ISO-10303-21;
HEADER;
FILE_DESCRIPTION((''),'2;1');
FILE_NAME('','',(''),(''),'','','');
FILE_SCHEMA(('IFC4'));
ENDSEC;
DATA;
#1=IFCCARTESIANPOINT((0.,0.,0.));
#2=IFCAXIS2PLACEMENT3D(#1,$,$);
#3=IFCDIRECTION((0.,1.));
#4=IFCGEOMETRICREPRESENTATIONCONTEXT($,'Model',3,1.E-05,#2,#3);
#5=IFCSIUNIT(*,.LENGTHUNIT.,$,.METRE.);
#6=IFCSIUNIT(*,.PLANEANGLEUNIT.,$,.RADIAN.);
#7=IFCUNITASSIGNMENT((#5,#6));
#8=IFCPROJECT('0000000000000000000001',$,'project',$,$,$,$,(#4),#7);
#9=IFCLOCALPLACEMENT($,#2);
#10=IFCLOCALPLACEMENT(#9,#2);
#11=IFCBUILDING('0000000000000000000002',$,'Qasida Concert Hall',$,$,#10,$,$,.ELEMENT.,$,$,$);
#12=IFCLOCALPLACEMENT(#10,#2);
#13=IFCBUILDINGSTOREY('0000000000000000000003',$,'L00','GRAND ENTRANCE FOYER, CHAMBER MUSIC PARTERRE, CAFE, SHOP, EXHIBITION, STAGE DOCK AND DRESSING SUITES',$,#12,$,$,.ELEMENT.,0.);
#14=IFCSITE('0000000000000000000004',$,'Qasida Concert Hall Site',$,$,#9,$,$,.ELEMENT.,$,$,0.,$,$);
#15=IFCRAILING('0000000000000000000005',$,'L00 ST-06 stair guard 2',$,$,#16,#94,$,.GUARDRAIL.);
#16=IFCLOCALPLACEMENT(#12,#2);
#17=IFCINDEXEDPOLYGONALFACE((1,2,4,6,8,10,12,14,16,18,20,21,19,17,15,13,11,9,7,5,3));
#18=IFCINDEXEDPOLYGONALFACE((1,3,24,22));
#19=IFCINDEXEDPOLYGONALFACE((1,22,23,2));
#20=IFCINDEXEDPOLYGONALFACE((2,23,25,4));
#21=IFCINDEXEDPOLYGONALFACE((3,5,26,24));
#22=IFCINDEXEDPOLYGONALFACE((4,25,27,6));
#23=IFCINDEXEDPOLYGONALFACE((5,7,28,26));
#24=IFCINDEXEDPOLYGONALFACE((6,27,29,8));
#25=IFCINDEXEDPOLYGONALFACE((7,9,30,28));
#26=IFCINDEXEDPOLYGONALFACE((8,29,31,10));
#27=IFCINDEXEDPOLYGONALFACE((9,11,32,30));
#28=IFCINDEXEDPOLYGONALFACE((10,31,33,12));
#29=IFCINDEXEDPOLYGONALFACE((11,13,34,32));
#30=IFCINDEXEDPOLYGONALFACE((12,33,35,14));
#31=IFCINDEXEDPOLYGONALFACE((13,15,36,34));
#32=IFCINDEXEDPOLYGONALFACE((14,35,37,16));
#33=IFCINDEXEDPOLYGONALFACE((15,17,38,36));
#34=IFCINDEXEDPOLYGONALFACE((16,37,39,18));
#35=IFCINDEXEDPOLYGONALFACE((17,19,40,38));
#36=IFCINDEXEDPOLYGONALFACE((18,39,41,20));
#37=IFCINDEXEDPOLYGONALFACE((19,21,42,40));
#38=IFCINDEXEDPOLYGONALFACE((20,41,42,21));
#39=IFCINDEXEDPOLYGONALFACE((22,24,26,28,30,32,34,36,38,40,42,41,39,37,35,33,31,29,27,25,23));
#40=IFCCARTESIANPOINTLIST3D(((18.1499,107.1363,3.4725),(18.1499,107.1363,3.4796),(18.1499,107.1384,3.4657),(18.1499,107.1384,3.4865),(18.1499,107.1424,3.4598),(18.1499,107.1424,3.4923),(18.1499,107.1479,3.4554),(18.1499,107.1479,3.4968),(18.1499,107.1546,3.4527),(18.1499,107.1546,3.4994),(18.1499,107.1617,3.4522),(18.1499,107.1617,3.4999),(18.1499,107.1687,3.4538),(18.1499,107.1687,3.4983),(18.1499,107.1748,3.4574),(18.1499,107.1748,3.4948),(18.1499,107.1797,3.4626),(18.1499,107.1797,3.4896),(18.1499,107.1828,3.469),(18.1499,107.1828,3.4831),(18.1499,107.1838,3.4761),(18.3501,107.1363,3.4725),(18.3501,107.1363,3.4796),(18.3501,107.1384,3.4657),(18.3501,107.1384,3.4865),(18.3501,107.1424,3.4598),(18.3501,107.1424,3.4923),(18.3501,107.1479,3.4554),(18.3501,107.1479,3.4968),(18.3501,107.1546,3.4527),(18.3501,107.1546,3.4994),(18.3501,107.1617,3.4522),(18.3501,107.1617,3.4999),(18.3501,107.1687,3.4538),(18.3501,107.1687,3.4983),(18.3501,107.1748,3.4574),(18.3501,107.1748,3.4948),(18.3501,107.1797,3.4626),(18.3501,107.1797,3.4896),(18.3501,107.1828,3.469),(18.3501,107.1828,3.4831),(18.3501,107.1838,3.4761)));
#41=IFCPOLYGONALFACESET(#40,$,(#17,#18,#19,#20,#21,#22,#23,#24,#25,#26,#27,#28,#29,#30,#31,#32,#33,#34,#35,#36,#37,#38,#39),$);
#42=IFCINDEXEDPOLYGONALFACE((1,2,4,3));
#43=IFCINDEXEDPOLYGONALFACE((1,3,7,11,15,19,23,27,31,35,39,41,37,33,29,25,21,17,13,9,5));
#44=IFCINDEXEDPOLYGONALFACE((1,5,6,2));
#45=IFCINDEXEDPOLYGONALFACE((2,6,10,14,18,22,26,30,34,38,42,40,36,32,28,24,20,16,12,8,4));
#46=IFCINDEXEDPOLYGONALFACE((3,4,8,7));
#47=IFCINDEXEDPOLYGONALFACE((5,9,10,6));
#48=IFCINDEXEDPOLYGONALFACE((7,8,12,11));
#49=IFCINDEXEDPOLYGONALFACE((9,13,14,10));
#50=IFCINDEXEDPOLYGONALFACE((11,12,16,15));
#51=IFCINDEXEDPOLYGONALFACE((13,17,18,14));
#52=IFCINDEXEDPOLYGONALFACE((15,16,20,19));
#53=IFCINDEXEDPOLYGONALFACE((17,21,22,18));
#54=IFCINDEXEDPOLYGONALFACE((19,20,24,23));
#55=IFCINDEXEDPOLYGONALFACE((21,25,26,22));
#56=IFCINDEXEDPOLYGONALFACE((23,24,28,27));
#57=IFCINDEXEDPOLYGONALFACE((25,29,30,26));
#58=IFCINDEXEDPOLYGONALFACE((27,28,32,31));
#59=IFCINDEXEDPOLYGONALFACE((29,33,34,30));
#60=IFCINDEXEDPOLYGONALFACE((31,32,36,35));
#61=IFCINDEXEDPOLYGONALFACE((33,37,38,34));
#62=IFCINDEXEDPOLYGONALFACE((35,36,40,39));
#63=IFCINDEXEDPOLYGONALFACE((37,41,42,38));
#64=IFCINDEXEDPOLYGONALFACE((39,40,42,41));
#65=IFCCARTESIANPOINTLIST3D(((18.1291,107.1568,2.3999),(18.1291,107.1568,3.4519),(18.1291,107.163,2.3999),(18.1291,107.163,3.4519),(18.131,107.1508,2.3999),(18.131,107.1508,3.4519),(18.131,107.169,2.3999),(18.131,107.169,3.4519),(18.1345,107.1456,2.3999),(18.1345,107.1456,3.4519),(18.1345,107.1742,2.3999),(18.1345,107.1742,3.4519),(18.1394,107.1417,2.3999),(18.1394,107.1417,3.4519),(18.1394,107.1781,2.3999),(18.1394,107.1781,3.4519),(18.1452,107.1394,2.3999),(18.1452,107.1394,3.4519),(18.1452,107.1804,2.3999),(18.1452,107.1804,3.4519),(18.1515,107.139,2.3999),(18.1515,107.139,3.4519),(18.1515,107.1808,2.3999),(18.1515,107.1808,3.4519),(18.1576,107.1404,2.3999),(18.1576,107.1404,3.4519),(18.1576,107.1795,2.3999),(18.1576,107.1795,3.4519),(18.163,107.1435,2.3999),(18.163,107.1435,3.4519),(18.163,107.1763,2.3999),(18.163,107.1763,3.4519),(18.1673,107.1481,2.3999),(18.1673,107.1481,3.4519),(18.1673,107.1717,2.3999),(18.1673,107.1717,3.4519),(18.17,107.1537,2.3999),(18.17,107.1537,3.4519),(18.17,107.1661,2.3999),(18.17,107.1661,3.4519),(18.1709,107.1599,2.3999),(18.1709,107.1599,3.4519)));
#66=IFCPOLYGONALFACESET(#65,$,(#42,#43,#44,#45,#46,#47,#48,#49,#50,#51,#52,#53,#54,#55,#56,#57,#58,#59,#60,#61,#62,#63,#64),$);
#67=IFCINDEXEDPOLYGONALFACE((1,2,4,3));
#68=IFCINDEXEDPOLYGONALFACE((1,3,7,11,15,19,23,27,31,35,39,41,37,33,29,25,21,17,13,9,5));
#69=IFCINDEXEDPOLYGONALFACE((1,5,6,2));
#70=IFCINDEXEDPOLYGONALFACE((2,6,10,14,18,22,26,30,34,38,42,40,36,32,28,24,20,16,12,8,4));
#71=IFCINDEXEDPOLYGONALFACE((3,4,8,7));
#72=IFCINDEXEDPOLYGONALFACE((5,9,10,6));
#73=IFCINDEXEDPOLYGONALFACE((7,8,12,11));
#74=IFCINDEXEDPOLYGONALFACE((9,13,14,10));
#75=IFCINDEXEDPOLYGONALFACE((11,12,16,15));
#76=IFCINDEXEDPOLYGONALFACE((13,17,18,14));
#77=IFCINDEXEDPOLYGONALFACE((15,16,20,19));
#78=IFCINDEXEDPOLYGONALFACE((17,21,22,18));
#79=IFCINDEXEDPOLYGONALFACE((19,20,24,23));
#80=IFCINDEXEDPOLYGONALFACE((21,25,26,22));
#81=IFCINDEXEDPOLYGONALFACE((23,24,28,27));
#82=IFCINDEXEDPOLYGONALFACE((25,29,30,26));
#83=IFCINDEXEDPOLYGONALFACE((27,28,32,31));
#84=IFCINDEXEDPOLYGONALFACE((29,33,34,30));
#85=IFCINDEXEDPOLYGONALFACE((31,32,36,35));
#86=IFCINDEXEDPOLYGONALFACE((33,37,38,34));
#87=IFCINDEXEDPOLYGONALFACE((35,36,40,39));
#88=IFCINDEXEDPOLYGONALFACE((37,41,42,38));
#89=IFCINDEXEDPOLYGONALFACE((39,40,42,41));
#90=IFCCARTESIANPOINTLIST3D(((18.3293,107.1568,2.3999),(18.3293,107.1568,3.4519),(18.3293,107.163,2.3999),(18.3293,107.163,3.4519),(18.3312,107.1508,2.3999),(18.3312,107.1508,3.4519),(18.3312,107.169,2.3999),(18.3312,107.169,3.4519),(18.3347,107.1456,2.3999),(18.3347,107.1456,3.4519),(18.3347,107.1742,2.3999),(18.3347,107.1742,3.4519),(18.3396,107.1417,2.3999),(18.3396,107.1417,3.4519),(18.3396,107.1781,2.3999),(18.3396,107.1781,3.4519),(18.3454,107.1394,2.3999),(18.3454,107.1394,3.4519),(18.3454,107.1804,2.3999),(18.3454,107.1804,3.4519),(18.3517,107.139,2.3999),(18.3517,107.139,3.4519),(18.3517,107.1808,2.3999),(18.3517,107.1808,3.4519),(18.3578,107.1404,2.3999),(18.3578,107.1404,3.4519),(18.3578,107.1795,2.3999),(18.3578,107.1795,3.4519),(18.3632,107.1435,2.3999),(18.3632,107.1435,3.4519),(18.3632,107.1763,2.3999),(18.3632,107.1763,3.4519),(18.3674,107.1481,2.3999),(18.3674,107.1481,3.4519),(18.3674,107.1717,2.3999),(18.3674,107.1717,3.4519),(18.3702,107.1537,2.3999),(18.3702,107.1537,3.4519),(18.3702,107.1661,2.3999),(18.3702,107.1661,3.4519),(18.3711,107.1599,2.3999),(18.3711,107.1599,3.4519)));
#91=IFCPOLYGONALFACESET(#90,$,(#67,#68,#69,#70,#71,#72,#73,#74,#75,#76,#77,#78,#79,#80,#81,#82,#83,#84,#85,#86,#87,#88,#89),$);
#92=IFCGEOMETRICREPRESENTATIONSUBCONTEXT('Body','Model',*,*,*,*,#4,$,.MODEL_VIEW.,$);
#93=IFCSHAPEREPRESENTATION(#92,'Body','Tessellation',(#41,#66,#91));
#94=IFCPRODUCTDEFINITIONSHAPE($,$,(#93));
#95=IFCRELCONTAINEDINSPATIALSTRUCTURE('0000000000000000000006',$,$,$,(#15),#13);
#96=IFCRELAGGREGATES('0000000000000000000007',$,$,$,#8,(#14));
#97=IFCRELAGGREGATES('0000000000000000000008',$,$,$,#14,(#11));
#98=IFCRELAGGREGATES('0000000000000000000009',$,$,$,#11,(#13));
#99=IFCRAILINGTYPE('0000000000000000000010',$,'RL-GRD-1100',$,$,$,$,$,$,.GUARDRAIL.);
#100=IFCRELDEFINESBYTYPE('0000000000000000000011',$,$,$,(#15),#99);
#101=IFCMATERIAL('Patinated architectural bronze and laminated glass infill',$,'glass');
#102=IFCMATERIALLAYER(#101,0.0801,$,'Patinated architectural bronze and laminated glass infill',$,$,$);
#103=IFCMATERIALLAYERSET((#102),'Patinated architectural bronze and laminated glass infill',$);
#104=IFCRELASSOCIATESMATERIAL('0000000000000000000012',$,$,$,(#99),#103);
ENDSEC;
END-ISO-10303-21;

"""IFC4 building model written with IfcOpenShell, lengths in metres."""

from ifc_helpers import new_model, si_unit, direction, frame, origin, origin_2d, place, context, subcontext, project, spatial, circle, extrude, material, layer, layer_set, type_object, element, save


model = new_model("IFC4")

# Units and contexts
model_context = context("Model", 3, precision=1e-05, world=origin(), true_north=direction((0.0, 1.0)))
body_context = subcontext(model_context, "Body", "Model", "MODEL_VIEW")
ifc_project = project(units=[si_unit("LENGTHUNIT", "METRE"), si_unit("PLANEANGLEUNIT", "RADIAN")], contexts=[model_context])

# Site, building, storey
site_placement = place(None, origin())
site = spatial("IfcSite", under=ifc_project, at=site_placement, Name="Qasida Concert Hall Site", CompositionType="ELEMENT", RefElevation=0.0)
building_placement = place(site_placement, origin())
building = spatial("IfcBuilding", under=site, at=building_placement, Name="Qasida Concert Hall", CompositionType="ELEMENT")
storey_placement = place(building_placement, origin())
storey = spatial("IfcBuildingStorey", under=building, at=storey_placement, Name="L00", Description="GRAND ENTRANCE FOYER, CHAMBER MUSIC PARTERRE, CAFE, SHOP, EXHIBITION, STAGE DOCK AND DRESSING SUITES", CompositionType="ELEMENT", Elevation=0.0)

# Railing
ifc_material_1 = material(Name="Patinated architectural bronze and laminated glass infill", Category="glass")
ifc_layer_1 = layer(ifc_material_1, 0.0801, Name="Patinated architectural bronze and laminated glass infill")
ifc_layer_set_1 = layer_set([ifc_layer_1], Name="Patinated architectural bronze and laminated glass infill")
railing_type_1 = type_object("IfcRailingType", Name="RL-GRD-1100", PredefinedType="GUARDRAIL", material=ifc_layer_set_1)
railing_1_placement = place(storey_placement, frame((18.1499, 107.1599, 2.3999)))
element("IfcRailing", 1, at=railing_1_placement, inside=storey, type_object=railing_type_1, Name="L00 ST-06 stair guard 2", PredefinedType="GUARDRAIL", context=body_context, shape_type="SweptSolid", body=[
    extrude(circle(Radius=0.0239, at=origin_2d()), frame((0.0, 0.0, 1.0762), z_axis=(1.0, 0.0, 0.0), x_axis=(0.0, 1.0, 0.0)), (0.0, 0.0, 1.0), 0.2002),
    extrude(circle(Radius=0.021, at=origin_2d()), origin(), (0.0, 0.0, 1.0), 1.052),
    extrude(circle(Radius=0.021, at=origin_2d()), frame((0.2002, 0.0, 0.0)), (0.0, 0.0, 1.0), 1.052),
])

save(model, "model.ifc")
